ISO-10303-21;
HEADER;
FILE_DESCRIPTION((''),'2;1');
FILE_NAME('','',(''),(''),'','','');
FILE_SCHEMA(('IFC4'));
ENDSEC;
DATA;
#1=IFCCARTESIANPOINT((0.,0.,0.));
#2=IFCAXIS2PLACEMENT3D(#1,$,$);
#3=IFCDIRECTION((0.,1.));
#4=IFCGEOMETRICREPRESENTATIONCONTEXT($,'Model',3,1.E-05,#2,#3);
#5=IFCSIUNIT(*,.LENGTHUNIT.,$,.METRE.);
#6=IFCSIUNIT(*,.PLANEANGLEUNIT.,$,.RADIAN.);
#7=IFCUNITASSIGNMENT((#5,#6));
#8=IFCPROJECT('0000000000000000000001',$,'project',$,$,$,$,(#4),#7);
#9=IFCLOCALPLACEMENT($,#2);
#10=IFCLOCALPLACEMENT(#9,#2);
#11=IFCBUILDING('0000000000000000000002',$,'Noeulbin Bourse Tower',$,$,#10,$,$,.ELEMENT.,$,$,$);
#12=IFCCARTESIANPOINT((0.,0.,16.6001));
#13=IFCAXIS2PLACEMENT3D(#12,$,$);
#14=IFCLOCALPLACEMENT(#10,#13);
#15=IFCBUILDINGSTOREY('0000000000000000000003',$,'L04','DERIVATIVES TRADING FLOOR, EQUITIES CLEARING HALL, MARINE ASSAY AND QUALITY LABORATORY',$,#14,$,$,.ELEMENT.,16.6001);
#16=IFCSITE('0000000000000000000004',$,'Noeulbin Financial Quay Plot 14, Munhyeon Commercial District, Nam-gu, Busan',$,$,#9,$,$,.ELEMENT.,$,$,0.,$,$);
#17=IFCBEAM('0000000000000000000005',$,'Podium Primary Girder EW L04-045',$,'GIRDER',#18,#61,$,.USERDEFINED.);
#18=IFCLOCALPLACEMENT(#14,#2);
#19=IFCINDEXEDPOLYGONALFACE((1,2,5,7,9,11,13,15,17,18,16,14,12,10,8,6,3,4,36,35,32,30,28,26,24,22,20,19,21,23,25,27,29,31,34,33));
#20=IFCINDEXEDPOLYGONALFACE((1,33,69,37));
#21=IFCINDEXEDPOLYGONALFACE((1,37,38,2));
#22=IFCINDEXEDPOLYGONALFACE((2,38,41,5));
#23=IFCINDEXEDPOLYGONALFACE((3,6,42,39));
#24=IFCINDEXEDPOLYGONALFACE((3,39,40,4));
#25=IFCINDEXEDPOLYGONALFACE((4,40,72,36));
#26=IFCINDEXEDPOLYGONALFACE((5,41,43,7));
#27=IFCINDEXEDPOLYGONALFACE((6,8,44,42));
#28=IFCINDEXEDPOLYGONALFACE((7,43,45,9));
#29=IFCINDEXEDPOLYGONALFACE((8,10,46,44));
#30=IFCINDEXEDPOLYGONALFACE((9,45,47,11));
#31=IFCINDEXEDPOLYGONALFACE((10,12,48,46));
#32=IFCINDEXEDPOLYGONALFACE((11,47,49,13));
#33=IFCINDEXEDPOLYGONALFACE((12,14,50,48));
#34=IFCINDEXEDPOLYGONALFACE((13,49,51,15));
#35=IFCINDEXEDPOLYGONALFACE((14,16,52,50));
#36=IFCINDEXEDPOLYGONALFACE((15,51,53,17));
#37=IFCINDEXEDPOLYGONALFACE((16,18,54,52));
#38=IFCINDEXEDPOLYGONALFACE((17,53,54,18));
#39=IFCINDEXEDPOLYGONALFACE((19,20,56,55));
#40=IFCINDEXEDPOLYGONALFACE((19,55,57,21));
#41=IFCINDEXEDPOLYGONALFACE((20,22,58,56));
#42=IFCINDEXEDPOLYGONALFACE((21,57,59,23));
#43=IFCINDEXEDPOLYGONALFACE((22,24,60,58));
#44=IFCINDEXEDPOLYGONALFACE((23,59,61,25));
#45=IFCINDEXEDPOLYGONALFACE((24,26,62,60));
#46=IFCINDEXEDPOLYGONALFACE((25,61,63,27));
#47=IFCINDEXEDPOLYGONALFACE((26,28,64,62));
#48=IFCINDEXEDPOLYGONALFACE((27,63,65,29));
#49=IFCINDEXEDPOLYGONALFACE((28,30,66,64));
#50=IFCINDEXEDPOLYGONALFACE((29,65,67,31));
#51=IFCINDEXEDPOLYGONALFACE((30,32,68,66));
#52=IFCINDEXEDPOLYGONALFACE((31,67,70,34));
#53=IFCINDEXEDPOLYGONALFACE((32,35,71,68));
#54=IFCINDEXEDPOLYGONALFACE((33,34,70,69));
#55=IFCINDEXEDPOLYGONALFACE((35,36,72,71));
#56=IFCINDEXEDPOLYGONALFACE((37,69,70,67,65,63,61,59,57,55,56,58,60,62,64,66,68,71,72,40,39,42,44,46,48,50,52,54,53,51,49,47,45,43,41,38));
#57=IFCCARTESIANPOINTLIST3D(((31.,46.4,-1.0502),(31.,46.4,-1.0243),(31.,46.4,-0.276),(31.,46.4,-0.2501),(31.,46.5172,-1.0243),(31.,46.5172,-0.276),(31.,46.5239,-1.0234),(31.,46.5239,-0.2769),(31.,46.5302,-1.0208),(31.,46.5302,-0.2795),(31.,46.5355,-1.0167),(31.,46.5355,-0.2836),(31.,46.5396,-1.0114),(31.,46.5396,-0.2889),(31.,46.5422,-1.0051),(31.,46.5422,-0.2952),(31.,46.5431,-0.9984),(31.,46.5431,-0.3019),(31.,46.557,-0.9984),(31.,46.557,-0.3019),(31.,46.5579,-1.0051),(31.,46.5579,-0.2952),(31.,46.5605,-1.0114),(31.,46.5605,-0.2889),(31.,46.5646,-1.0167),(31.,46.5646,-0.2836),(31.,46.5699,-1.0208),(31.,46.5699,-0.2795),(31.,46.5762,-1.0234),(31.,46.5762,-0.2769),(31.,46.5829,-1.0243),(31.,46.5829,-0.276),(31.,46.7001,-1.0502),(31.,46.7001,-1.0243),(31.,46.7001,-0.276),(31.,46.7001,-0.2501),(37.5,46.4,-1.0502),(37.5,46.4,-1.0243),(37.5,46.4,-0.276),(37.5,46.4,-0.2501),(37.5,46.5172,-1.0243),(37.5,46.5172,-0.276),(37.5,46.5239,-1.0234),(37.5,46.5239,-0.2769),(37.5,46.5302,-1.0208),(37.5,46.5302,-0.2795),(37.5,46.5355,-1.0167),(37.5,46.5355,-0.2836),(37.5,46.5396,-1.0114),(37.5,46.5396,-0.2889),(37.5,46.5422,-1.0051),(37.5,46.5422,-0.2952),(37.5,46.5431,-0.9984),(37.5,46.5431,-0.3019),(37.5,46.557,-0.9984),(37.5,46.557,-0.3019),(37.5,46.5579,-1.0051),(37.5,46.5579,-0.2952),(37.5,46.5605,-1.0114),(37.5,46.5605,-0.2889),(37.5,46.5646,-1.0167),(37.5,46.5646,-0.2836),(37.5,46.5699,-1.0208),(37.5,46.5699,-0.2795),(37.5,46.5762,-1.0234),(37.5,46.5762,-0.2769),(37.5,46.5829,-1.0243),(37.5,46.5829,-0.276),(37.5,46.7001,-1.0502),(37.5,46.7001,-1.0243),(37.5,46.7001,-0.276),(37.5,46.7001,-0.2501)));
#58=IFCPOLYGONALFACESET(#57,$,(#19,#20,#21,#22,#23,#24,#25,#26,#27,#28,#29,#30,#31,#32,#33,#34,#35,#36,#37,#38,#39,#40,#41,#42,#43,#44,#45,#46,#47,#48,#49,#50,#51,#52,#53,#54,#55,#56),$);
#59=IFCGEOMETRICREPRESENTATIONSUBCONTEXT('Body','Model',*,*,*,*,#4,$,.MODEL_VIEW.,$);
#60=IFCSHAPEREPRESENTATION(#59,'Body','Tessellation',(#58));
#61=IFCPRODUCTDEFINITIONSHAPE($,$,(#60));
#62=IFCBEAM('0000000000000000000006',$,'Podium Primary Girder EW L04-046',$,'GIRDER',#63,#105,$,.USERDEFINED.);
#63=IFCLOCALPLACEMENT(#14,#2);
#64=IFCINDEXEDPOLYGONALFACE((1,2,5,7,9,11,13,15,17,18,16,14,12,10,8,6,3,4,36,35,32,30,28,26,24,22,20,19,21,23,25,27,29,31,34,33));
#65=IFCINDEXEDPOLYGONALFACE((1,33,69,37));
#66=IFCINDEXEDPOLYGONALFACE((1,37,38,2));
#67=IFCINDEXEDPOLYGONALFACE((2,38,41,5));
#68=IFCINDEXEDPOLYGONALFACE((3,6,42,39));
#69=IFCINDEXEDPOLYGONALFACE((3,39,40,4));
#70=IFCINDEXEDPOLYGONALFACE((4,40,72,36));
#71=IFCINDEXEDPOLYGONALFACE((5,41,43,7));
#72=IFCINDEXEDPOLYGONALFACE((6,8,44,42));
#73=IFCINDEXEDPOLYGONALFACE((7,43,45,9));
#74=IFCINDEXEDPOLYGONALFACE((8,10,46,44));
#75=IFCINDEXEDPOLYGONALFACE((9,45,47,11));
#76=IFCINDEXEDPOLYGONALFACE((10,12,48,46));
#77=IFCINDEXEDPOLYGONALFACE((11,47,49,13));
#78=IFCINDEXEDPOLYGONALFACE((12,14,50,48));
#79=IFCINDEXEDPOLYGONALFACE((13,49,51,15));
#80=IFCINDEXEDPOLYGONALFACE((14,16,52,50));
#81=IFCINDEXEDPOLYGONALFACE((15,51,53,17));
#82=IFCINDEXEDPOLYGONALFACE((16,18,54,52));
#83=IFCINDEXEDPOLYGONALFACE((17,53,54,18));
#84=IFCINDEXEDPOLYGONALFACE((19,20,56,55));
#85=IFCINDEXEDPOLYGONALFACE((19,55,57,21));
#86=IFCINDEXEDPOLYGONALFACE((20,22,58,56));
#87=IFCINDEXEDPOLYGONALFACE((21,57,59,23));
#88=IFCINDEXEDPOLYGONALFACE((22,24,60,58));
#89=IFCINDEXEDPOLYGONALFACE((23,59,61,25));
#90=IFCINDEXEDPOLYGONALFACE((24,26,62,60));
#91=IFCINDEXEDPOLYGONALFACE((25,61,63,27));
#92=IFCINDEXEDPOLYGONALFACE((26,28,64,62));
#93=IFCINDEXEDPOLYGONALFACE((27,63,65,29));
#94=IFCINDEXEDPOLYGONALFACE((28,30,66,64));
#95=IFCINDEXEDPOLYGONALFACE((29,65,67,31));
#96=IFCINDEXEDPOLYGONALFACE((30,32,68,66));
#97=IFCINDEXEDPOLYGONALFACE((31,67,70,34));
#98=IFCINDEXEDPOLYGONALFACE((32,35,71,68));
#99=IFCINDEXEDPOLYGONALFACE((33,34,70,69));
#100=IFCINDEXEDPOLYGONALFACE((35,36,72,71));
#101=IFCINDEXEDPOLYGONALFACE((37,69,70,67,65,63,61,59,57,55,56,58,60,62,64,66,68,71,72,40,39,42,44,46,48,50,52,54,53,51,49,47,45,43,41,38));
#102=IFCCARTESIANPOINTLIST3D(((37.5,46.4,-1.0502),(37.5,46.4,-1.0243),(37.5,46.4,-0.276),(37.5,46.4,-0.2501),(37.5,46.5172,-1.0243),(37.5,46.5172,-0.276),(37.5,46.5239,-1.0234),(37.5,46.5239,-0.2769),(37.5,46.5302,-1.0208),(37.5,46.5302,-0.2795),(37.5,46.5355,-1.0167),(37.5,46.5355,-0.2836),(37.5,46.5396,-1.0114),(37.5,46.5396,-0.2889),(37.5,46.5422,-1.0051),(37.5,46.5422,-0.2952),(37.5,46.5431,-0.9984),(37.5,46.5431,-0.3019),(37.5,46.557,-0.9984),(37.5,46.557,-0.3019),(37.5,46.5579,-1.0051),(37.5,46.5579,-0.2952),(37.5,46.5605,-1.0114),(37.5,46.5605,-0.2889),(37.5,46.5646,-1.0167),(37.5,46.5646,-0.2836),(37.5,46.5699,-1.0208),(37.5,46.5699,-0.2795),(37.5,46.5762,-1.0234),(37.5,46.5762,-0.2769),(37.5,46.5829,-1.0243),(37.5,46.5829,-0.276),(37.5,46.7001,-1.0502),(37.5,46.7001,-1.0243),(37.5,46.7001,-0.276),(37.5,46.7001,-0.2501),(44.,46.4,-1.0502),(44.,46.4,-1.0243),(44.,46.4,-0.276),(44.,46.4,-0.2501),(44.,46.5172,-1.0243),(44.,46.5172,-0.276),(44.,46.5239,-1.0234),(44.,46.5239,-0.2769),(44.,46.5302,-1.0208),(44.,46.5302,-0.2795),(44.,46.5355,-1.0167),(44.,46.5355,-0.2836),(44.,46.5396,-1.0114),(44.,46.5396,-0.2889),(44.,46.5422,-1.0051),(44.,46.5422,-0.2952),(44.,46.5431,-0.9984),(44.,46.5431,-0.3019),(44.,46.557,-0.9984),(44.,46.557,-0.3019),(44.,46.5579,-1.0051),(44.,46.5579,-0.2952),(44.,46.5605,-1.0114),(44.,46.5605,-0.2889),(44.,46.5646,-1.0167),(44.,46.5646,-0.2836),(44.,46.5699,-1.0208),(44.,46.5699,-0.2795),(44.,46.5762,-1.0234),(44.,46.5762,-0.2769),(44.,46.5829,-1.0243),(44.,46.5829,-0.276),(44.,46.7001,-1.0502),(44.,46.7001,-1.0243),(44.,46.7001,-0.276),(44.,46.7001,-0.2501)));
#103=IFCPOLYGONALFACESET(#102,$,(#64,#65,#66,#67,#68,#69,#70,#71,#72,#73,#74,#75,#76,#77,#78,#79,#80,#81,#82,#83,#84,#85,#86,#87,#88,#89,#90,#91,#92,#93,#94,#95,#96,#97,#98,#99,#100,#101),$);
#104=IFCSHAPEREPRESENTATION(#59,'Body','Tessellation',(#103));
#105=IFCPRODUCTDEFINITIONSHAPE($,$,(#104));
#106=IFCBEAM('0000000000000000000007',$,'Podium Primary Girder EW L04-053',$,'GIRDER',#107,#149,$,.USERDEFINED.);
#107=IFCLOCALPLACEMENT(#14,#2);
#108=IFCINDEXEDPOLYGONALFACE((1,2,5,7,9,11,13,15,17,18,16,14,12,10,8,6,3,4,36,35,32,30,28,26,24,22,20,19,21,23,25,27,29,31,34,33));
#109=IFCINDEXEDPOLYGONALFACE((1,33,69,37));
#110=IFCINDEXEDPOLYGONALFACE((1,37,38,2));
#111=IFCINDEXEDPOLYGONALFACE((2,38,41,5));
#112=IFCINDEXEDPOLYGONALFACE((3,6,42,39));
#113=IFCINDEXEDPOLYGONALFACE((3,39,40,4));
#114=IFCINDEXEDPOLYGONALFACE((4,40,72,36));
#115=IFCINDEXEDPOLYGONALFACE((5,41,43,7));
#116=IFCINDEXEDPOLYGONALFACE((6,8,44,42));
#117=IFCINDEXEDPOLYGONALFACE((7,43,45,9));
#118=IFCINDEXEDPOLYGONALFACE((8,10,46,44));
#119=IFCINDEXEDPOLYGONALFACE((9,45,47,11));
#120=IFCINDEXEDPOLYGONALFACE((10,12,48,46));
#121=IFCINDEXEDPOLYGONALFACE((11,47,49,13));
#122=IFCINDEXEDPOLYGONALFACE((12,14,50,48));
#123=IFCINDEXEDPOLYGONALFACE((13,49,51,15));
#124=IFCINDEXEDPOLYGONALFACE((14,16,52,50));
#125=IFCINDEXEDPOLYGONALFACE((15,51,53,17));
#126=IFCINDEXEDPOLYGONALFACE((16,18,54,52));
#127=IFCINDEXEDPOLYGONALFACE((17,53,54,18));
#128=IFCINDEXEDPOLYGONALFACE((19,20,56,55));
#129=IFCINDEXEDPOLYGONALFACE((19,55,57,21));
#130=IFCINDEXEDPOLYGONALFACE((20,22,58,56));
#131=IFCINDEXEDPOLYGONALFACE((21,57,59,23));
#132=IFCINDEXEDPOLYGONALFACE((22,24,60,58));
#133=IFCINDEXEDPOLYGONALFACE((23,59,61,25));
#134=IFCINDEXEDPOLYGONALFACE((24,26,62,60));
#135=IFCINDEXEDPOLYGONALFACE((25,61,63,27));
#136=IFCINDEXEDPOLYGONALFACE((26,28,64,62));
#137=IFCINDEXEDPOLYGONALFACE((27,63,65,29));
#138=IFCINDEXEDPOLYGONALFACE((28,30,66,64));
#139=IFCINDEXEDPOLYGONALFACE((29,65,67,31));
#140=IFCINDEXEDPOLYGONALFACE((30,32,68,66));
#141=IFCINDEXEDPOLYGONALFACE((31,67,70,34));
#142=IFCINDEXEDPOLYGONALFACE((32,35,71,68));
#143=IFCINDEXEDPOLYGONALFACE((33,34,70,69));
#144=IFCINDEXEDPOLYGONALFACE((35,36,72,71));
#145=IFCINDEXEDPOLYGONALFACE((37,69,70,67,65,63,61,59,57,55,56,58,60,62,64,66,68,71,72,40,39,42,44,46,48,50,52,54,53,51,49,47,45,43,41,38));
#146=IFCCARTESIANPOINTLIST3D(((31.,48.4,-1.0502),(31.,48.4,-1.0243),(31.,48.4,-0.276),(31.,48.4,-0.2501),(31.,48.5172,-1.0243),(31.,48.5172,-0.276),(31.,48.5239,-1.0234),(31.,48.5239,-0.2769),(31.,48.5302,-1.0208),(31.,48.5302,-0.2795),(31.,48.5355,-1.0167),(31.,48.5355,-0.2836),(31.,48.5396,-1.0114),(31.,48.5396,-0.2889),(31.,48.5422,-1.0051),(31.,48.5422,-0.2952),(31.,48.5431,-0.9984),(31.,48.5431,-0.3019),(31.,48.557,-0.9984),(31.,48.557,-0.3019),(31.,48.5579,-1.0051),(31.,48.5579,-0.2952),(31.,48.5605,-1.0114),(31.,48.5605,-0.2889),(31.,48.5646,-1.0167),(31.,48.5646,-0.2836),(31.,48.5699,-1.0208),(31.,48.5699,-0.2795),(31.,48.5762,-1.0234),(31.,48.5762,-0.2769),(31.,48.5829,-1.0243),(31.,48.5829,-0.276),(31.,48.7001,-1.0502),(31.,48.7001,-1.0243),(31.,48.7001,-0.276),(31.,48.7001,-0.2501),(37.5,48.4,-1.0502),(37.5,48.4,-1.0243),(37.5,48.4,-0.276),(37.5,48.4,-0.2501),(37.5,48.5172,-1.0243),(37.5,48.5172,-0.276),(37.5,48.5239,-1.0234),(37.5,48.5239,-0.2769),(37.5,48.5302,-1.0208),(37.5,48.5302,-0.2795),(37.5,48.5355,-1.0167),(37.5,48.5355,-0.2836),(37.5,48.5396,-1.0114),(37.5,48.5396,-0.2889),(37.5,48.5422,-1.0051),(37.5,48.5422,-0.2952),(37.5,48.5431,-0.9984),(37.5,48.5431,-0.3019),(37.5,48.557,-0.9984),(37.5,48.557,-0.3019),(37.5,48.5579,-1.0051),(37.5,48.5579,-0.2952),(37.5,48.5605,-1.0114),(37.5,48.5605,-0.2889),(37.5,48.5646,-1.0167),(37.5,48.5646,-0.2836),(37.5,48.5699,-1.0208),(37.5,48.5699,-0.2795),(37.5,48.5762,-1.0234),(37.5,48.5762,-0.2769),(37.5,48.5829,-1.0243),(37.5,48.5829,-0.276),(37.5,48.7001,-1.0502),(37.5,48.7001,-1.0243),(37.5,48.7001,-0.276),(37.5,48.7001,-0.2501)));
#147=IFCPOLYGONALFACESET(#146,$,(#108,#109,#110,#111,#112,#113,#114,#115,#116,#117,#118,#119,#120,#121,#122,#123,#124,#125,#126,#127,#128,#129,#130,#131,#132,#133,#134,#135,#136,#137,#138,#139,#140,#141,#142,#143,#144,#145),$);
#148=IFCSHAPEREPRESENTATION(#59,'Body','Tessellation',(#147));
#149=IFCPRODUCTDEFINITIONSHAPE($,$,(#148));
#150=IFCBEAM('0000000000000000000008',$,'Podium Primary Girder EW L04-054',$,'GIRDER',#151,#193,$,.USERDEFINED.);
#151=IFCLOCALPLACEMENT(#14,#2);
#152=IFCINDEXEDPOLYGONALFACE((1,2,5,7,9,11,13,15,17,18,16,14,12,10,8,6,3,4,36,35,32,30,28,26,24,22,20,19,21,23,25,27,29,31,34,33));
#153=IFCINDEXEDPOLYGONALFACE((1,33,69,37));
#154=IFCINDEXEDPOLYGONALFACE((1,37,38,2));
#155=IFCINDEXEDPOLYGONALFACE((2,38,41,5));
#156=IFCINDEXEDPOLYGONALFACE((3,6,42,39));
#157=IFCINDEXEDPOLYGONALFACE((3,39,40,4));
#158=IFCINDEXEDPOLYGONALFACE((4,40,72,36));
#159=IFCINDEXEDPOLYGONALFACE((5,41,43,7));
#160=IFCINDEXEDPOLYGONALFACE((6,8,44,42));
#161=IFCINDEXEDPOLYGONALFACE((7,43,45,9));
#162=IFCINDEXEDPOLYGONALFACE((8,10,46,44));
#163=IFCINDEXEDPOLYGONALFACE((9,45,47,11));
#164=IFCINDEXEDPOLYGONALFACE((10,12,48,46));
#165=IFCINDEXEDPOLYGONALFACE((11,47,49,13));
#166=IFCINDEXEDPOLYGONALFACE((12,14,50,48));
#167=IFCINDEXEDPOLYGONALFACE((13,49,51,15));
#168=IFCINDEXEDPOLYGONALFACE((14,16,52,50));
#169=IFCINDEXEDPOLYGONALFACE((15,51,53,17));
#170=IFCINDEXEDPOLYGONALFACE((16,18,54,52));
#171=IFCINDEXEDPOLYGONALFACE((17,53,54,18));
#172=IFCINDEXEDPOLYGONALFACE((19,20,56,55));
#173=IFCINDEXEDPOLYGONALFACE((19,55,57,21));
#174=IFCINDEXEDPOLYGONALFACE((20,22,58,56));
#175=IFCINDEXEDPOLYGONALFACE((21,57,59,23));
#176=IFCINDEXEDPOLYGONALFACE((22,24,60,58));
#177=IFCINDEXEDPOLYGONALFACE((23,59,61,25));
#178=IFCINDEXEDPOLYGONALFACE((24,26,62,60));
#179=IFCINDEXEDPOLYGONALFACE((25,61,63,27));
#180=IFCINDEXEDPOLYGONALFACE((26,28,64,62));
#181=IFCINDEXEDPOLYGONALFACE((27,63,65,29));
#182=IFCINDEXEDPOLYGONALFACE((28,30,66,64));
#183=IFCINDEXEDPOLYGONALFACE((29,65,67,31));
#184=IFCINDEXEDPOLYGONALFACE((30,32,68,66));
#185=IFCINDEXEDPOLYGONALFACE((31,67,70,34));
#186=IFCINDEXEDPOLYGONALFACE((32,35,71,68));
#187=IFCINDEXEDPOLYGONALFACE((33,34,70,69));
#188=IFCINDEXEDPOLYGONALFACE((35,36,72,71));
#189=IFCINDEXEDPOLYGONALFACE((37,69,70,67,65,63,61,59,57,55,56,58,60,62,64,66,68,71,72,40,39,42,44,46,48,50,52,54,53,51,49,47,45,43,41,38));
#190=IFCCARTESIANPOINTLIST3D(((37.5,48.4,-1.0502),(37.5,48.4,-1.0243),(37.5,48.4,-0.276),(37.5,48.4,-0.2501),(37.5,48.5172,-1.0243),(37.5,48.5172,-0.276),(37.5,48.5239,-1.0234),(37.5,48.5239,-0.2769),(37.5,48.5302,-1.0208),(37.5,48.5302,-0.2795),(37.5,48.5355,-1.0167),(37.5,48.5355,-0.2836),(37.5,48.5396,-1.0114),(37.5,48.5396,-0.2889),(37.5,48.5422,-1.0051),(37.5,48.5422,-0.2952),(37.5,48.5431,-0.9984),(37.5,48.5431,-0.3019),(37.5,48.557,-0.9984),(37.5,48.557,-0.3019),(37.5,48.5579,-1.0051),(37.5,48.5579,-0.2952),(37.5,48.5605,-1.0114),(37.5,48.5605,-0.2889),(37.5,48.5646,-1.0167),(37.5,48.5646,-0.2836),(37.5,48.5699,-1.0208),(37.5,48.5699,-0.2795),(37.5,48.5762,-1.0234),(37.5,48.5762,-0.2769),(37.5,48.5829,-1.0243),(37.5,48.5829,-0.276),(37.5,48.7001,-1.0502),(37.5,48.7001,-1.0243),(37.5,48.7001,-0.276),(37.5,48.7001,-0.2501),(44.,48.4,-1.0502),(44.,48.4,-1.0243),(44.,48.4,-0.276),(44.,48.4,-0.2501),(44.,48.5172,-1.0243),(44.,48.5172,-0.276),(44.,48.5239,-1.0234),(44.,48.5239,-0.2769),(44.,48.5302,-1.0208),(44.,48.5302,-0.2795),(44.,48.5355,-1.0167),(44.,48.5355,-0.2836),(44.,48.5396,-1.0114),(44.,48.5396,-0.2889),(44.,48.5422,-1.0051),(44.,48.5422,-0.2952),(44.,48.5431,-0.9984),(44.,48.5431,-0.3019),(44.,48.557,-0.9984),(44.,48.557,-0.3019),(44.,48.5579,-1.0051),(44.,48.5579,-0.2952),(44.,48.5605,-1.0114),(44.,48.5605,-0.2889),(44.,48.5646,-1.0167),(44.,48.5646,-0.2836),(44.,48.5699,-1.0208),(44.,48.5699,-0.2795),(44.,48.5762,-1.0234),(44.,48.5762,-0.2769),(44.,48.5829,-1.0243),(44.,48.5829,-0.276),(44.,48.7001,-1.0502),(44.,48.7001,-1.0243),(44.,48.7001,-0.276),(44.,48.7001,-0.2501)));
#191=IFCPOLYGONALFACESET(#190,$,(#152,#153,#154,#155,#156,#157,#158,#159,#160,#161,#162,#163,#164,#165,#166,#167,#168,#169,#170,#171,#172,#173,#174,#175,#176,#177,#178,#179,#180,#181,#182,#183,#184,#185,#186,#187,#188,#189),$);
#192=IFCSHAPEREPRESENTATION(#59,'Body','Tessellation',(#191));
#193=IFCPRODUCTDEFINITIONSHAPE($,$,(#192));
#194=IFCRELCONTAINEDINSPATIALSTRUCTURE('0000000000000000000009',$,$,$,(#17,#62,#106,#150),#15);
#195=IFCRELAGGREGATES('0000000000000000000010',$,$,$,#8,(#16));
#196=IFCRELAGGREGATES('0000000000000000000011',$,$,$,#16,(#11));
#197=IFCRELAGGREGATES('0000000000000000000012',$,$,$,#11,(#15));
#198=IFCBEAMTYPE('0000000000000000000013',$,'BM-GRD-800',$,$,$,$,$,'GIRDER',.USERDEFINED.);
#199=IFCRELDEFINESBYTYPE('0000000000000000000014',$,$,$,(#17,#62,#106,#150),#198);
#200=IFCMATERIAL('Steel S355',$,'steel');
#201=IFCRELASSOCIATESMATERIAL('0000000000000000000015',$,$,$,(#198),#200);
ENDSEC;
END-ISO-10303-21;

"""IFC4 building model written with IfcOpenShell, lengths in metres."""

from ifc_helpers import new_model, si_unit, direction, frame, origin, origin_2d, place, context, subcontext, project, spatial, i_section, extrude, material, material_profile, profile_set, type_object, element, save


model = new_model("IFC4")

# Units and contexts
model_context = context("Model", 3, precision=1e-05, world=origin(), true_north=direction((0.0, 1.0)))
body_context = subcontext(model_context, "Body", "Model", "MODEL_VIEW")
ifc_project = project(units=[si_unit("LENGTHUNIT", "METRE"), si_unit("PLANEANGLEUNIT", "RADIAN")], contexts=[model_context])

# Site, building, storey
site_placement = place(None, origin())
site = spatial("IfcSite", under=ifc_project, at=site_placement, Name="Noeulbin Financial Quay Plot 14, Munhyeon Commercial District, Nam-gu, Busan", CompositionType="ELEMENT", RefElevation=0.0)
building_placement = place(site_placement, origin())
building = spatial("IfcBuilding", under=site, at=building_placement, Name="Noeulbin Bourse Tower", CompositionType="ELEMENT")
storey_placement = place(building_placement, frame((0.0, 0.0, 16.6001)))
storey = spatial("IfcBuildingStorey", under=building, at=storey_placement, Name="L04", Description="DERIVATIVES TRADING FLOOR, EQUITIES CLEARING HALL, MARINE ASSAY AND QUALITY LABORATORY", CompositionType="ELEMENT", Elevation=16.6001)

# Beams
ifc_material_1 = material(Name="Steel S355", Category="steel")
ifc_material_profile_1 = material_profile(ifc_material_1, i_section(OverallWidth=0.3, OverallDepth=0.8, WebThickness=0.0139, FlangeThickness=0.0259, FilletRadius=0.0259, at=origin_2d()), Name="H-800x300x14x26", Category="LoadBearing")
ifc_profile_set_1 = profile_set([ifc_material_profile_1], Name="Steel S355")
beam_type_1 = type_object("IfcBeamType", Name="BM-GRD-800", ElementType="GIRDER", PredefinedType="USERDEFINED", material=ifc_profile_set_1)
for number, where, z_axis, x_axis, name in (
    (1, (31.0, 46.55, -0.6501), (1.0, 0.0, 0.0), (0.0, 1.0, 0.0), "Podium Primary Girder EW L04-045"),
    (2, (37.5, 46.55, -0.6501), (1.0, 0.0, 0.0), (0.0, 1.0, 0.0), "Podium Primary Girder EW L04-046"),
    (3, (31.0, 48.55, -0.6501), (1.0, 0.0, 0.0), (0.0, 1.0, 0.0), "Podium Primary Girder EW L04-053"),
    (4, (37.5, 48.55, -0.6501), (1.0, 0.0, 0.0), (0.0, 1.0, 0.0), "Podium Primary Girder EW L04-054"),
):
    element("IfcBeam", number, at=place(storey_placement, frame(where, z_axis=z_axis, x_axis=x_axis)), inside=storey, type_object=beam_type_1, Name=name, ObjectType="GIRDER", PredefinedType="USERDEFINED", context=body_context, shape_type="SweptSolid", body=[
        extrude(i_section(OverallWidth=0.3, OverallDepth=0.8, WebThickness=0.0139, FlangeThickness=0.0259, FilletRadius=0.0259, at=origin_2d()), origin(), (0.0, 0.0, 1.0), 6.5),
    ])

save(model, "model.ifc")
